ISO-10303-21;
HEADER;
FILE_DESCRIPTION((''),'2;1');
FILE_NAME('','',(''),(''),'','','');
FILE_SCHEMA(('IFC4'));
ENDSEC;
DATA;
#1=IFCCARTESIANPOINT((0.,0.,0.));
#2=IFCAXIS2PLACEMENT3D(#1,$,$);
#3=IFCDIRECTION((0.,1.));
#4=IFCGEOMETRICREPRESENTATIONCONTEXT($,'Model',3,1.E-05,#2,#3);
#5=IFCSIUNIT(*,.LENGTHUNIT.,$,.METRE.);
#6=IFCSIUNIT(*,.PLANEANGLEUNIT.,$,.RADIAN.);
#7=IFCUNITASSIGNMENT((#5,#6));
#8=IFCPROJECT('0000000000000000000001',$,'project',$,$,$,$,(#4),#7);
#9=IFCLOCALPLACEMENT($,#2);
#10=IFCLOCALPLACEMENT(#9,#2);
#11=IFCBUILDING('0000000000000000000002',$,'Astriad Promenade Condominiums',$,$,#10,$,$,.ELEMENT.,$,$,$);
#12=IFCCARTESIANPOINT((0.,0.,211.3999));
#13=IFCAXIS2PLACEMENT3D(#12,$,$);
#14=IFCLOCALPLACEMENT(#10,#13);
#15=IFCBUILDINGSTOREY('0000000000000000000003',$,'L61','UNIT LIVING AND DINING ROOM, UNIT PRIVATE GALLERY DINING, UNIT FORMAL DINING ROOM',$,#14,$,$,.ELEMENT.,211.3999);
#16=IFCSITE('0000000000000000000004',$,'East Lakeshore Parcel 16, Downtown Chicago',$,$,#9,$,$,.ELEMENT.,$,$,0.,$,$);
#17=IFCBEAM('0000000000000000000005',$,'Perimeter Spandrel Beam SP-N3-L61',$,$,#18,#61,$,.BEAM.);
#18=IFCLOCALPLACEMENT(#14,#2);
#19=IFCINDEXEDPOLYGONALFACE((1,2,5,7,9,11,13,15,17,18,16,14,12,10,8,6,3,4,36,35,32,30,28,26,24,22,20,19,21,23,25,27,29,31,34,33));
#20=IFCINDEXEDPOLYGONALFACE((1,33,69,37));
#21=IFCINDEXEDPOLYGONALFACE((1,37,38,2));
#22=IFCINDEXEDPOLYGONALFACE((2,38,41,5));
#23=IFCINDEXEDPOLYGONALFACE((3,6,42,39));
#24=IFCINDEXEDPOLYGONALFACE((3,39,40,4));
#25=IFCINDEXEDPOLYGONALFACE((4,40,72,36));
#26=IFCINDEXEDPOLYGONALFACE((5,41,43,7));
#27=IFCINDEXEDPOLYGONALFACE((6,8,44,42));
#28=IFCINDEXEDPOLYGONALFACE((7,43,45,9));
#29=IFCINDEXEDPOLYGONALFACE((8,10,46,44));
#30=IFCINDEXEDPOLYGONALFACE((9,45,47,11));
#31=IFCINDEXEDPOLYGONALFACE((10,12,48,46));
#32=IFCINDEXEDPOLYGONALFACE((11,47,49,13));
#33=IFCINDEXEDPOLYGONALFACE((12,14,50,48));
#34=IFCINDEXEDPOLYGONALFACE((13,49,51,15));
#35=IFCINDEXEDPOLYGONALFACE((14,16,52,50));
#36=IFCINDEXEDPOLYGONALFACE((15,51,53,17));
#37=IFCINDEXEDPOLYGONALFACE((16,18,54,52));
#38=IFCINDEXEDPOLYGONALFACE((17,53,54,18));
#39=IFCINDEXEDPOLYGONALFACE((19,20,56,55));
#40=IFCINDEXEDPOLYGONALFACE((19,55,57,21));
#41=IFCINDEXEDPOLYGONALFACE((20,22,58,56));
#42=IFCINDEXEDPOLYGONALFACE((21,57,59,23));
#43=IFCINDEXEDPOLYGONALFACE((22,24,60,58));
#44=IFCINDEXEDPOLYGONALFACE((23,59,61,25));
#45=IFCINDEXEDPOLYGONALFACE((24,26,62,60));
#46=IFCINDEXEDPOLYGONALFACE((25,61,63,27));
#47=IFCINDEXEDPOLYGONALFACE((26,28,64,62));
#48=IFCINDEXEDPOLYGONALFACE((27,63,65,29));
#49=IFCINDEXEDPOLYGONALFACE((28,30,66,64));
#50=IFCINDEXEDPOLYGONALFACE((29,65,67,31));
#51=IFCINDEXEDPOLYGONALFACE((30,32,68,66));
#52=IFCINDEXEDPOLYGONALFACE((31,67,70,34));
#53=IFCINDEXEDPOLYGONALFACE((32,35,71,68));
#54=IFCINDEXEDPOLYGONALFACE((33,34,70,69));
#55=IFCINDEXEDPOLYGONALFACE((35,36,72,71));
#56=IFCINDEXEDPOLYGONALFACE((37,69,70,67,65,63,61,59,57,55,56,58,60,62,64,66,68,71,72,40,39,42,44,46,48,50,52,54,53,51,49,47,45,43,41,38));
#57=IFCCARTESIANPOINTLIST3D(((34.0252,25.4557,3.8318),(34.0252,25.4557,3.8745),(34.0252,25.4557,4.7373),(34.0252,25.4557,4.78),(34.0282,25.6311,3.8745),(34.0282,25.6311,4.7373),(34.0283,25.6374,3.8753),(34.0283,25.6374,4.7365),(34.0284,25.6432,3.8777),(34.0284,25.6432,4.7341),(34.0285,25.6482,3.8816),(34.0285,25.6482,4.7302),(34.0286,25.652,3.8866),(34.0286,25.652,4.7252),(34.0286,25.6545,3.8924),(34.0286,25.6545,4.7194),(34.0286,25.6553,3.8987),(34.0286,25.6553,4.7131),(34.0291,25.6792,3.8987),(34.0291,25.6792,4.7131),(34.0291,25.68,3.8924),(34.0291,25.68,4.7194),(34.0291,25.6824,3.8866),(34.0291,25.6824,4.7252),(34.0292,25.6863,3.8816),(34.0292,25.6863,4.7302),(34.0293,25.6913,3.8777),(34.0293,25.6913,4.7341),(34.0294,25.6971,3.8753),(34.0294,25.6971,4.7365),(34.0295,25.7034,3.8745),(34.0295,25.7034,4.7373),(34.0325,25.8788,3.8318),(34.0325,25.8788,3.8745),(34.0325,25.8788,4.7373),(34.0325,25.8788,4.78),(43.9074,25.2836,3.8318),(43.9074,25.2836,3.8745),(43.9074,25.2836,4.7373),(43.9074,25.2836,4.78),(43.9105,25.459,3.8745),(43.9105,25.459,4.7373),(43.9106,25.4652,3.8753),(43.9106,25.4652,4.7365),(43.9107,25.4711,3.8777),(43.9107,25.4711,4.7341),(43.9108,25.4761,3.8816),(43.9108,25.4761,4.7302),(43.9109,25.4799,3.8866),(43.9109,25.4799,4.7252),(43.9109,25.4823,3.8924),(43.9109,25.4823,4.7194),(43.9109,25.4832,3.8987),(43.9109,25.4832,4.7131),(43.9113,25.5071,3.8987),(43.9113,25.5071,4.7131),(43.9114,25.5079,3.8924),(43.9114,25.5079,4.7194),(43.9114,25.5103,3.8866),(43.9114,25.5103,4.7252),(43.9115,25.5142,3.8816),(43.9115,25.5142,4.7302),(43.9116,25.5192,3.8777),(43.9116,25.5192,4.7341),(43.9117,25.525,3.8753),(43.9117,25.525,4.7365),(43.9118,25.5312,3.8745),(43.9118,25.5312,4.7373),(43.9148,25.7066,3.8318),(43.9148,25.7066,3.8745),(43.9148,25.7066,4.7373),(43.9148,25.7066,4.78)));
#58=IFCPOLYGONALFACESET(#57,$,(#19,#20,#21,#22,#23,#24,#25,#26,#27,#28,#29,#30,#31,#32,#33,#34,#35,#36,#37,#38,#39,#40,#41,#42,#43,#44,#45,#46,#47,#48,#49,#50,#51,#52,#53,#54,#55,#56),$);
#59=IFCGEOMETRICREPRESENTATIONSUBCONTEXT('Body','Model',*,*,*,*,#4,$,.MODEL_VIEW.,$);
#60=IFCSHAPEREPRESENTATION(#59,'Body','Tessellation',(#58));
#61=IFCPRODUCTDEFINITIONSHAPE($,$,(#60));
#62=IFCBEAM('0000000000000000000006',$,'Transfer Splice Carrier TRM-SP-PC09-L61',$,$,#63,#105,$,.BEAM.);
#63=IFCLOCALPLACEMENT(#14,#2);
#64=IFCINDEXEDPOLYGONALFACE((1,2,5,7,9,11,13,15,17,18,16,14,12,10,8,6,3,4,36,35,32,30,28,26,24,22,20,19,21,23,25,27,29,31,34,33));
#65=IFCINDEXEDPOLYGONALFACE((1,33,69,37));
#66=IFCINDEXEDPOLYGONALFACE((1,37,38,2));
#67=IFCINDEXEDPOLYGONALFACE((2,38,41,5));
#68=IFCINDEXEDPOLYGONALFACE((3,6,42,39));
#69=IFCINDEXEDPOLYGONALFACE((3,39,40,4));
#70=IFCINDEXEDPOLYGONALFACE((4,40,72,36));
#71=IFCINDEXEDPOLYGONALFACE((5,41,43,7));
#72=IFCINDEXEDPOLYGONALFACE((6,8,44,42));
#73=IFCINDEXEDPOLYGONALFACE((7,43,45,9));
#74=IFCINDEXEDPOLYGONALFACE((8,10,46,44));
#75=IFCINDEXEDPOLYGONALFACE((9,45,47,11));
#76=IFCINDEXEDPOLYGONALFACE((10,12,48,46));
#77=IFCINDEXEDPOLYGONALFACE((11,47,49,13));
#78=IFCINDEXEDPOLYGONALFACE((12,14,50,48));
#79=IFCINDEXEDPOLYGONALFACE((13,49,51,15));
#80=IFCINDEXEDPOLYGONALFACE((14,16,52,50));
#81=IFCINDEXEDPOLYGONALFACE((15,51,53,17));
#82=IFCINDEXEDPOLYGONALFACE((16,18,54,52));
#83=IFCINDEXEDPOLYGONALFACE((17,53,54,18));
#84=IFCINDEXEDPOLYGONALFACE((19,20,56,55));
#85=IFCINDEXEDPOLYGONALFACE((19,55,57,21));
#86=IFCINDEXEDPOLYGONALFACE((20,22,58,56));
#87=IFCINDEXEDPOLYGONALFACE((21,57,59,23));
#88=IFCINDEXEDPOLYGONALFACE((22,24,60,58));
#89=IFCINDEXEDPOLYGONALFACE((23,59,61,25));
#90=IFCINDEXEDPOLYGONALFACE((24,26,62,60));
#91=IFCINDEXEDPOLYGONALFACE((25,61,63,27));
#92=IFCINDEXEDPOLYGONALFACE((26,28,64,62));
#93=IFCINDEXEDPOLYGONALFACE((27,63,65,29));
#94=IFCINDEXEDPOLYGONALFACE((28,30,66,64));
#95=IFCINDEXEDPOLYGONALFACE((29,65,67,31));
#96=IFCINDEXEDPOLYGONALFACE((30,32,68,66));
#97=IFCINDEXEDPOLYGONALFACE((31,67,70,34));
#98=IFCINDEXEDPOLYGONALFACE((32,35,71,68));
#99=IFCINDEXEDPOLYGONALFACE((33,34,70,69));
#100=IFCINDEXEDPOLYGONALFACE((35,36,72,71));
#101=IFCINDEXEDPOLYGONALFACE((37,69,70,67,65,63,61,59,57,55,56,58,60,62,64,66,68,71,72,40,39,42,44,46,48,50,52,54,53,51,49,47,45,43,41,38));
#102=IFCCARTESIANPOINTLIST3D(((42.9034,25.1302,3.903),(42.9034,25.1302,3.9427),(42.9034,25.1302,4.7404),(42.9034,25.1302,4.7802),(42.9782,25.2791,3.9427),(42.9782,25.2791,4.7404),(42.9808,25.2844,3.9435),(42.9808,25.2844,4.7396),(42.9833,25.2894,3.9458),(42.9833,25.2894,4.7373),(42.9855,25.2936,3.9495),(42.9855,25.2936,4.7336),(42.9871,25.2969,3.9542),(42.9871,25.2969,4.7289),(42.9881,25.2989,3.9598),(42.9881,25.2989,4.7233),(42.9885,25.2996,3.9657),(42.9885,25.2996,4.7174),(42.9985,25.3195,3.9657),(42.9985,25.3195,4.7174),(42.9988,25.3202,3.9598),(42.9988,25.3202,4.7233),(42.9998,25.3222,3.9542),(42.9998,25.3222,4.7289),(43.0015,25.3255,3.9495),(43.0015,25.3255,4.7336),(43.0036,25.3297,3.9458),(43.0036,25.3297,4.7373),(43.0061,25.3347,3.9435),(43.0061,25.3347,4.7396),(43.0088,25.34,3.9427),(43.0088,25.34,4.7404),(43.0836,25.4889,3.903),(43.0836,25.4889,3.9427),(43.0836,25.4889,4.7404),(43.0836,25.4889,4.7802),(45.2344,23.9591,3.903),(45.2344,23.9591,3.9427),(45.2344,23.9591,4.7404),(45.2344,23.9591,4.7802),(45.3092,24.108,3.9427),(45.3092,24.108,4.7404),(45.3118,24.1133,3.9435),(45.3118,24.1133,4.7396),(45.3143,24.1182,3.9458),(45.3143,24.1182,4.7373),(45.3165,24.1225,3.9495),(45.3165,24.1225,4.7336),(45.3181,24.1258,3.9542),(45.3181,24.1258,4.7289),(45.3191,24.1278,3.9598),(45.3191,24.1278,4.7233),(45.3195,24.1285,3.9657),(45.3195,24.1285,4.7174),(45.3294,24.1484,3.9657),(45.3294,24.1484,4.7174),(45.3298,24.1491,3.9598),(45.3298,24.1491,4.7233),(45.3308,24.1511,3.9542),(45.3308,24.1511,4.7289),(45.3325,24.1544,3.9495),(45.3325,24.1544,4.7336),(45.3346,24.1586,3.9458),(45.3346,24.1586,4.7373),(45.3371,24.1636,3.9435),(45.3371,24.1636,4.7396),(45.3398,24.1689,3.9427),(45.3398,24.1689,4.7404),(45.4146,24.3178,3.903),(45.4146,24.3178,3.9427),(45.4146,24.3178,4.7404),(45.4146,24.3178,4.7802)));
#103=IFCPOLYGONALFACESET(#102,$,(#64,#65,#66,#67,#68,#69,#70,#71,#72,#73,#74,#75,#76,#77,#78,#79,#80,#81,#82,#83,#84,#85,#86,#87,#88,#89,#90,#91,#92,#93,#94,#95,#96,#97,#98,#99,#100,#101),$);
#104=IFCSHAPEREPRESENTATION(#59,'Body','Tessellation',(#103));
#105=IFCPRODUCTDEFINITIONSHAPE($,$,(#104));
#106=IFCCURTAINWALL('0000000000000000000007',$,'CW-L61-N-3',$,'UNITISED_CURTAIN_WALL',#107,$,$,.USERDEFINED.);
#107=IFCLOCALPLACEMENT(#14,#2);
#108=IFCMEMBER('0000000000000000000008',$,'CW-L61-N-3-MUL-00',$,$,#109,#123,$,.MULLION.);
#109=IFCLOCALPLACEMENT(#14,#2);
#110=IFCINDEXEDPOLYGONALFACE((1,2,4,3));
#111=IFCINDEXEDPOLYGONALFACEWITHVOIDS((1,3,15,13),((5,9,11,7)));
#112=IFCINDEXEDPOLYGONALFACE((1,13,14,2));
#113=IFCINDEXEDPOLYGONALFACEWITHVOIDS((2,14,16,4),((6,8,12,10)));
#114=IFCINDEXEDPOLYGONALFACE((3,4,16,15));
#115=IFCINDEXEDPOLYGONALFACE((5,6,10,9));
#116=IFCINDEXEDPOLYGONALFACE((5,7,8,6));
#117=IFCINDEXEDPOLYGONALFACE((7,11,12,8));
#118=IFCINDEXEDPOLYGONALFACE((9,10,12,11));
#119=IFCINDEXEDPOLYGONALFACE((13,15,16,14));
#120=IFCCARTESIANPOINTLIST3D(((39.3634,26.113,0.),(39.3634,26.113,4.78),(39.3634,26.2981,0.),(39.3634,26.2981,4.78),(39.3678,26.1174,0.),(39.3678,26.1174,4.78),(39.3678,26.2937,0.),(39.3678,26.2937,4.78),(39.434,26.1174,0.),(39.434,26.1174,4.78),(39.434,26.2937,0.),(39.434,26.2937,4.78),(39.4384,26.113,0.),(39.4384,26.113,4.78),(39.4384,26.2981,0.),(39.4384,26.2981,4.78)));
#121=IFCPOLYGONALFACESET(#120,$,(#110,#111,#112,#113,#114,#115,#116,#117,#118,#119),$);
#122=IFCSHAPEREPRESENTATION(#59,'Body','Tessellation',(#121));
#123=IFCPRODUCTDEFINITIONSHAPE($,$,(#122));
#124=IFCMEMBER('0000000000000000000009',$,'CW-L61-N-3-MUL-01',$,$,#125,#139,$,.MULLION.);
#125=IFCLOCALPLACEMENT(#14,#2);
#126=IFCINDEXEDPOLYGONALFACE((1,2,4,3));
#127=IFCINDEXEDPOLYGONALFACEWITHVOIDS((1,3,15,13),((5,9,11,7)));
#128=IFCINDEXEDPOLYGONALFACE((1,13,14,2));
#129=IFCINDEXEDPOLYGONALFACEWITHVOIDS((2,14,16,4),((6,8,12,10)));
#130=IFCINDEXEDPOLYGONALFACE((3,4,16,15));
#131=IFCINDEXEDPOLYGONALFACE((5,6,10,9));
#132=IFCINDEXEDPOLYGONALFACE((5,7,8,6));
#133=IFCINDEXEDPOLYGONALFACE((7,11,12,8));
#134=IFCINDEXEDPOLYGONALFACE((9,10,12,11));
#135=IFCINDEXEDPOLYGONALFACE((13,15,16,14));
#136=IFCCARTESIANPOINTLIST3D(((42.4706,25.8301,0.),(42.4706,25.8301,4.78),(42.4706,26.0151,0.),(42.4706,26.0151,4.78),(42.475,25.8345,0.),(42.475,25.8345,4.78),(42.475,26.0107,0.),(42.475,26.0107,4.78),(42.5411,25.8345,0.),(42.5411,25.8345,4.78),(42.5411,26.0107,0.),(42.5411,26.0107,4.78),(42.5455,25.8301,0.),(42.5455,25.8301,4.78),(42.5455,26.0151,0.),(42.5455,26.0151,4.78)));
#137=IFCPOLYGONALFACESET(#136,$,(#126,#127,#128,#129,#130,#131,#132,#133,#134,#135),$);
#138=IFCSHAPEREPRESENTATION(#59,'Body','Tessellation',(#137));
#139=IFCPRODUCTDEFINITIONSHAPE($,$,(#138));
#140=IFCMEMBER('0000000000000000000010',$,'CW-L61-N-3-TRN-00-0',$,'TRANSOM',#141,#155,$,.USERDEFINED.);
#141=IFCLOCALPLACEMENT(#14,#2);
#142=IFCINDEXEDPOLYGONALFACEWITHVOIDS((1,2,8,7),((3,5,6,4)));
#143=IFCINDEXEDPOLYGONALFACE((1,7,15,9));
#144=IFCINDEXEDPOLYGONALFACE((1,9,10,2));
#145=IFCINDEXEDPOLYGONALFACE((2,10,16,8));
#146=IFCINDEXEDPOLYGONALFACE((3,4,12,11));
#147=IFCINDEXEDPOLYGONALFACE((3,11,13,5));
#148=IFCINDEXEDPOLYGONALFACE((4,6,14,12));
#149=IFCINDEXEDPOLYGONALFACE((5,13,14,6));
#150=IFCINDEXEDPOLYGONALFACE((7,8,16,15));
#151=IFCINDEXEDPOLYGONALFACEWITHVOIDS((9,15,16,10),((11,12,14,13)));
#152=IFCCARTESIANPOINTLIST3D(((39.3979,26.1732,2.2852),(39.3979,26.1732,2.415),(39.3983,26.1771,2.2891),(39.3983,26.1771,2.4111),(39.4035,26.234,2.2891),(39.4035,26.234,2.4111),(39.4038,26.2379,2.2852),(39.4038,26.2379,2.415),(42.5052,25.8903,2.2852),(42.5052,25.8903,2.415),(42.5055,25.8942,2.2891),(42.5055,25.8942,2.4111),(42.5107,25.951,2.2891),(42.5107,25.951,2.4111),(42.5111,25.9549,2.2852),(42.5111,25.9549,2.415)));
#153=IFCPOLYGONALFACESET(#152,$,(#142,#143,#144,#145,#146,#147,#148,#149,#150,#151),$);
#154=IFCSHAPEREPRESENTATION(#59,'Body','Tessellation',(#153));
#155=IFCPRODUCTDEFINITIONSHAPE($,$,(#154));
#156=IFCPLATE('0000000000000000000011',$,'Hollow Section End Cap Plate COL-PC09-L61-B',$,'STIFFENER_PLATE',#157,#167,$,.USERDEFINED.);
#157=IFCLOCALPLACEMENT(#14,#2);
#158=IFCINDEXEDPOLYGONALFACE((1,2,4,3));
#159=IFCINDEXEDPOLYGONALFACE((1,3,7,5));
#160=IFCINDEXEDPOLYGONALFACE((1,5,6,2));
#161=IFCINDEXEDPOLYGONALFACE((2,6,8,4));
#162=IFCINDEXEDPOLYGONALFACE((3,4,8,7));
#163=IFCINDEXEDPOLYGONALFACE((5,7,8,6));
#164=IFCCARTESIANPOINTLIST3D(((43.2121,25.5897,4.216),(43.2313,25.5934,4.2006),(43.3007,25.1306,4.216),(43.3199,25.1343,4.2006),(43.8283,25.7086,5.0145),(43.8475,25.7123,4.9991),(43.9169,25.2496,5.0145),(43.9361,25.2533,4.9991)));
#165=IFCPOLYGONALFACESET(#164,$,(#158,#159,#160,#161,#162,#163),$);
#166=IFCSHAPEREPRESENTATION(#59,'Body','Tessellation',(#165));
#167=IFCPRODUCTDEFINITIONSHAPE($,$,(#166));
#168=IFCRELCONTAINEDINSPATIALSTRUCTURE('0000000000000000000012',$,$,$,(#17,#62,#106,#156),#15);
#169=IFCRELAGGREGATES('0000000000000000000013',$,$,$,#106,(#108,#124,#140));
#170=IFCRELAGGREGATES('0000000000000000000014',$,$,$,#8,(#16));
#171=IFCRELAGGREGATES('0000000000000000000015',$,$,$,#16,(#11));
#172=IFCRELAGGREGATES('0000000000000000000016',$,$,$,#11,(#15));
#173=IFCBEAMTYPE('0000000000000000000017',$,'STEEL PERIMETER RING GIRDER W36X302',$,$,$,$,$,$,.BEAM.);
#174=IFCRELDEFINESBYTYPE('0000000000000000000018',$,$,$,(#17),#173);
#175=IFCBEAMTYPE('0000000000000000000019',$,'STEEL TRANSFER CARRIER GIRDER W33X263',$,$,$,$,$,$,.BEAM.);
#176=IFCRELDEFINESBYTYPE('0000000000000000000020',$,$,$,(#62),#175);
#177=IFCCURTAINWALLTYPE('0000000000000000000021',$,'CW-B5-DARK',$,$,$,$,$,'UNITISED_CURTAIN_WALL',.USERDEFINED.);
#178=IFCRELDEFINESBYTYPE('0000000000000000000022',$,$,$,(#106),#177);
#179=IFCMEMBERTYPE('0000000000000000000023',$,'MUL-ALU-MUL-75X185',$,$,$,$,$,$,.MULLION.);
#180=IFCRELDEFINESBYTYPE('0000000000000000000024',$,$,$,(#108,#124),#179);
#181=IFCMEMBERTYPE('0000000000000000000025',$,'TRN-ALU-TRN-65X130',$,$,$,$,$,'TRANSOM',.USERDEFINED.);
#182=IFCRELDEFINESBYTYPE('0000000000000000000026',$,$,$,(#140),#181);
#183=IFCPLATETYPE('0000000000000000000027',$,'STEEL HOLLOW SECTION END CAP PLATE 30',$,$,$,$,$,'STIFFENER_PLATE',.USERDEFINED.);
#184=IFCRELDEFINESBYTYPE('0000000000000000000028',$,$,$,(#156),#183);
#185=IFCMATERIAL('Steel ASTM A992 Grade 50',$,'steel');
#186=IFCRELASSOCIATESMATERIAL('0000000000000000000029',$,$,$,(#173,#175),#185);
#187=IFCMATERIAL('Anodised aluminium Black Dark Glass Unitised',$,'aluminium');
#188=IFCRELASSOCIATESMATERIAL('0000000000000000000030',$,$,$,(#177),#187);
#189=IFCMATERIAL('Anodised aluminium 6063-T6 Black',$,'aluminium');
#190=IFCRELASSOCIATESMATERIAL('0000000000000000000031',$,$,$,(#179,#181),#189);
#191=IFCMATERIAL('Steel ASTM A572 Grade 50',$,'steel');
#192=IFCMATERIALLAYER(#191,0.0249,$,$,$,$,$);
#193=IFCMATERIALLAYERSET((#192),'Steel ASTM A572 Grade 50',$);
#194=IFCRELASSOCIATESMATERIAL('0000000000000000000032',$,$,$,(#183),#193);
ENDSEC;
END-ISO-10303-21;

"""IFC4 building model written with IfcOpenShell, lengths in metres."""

from ifc_helpers import new_model, si_unit, direction, frame, origin, origin_2d, place, context, subcontext, project, spatial, rectangle, hollow_rectangle, i_section, extrude, source, transform, mapped, material, layer, layer_set, material_profile, profile_set, type_object, type_shapes, element, aggregate, save


model = new_model("IFC4")

# Units and contexts
model_context = context("Model", 3, precision=1e-05, world=origin(), true_north=direction((0.0, 1.0)))
body_context = subcontext(model_context, "Body", "Model", "MODEL_VIEW")
ifc_project = project(units=[si_unit("LENGTHUNIT", "METRE"), si_unit("PLANEANGLEUNIT", "RADIAN")], contexts=[model_context])

# Site, building, storey
site_placement = place(None, origin())
site = spatial("IfcSite", under=ifc_project, at=site_placement, Name="East Lakeshore Parcel 16, Downtown Chicago", CompositionType="ELEMENT", RefElevation=0.0)
building_placement = place(site_placement, origin())
building = spatial("IfcBuilding", under=site, at=building_placement, Name="Astriad Promenade Condominiums", CompositionType="ELEMENT")
storey_placement = place(building_placement, frame((0.0, 0.0, 211.3999)))
storey = spatial("IfcBuildingStorey", under=building, at=storey_placement, Name="L61", Description="UNIT LIVING AND DINING ROOM, UNIT PRIVATE GALLERY DINING, UNIT FORMAL DINING ROOM", CompositionType="ELEMENT", Elevation=211.3999)

# Shared definitions
ifc_material_1 = material(Name="Steel ASTM A992 Grade 50", Category="steel")

# Beams
ifc_material_profile_1 = material_profile(ifc_material_1, i_section(OverallWidth=0.4231, OverallDepth=0.9482, WebThickness=0.0239, FlangeThickness=0.0427, FilletRadius=0.0242, at=origin_2d()), Name="W36X302")
ifc_profile_set_1 = profile_set([ifc_material_profile_1], Name="Steel ASTM A992 Grade 50")
beam_type_1 = type_object("IfcBeamType", Name="STEEL PERIMETER RING GIRDER W36X302", PredefinedType="BEAM", material=ifc_profile_set_1)
shared_shape_1 = source(origin(), body_context, "Body", "SweptSolid", [
    extrude(i_section(OverallWidth=0.4231, OverallDepth=0.9482, WebThickness=0.0239, FlangeThickness=0.0427, FilletRadius=0.0242, at=origin_2d()), origin(), (0.0, 0.0, 1.0), 9.8838),
])
type_shapes(beam_type_1, [shared_shape_1])
beam_1_placement = place(storey_placement, frame((43.9111, 25.4951, 4.3059), z_axis=(-0.999848, 0.017414, 0.0), x_axis=(-0.017414, -0.999848, 0.0)))
element("IfcBeam", 1, at=beam_1_placement, inside=storey, type_object=beam_type_1, Name="Perimeter Spandrel Beam SP-N3-L61", PredefinedType="BEAM", context=body_context, shape_type="MappedRepresentation", body=[
    mapped(shared_shape_1, transform((0.0, 0.0, 0.0), scale=1.0)),
])
ifc_material_profile_2 = material_profile(ifc_material_1, i_section(OverallWidth=0.4014, OverallDepth=0.8772, WebThickness=0.0222, FlangeThickness=0.0398, FilletRadius=0.0229, at=origin_2d()), Name="W33X263")
ifc_profile_set_2 = profile_set([ifc_material_profile_2], Name="Steel ASTM A992 Grade 50")
beam_type_2 = type_object("IfcBeamType", Name="STEEL TRANSFER CARRIER GIRDER W33X263", PredefinedType="BEAM", material=ifc_profile_set_2)
shared_shape_2 = source(origin(), body_context, "Body", "SweptSolid", [
    extrude(i_section(OverallWidth=0.4014, OverallDepth=0.8772, WebThickness=0.0222, FlangeThickness=0.0398, FilletRadius=0.0229, at=origin_2d()), origin(), (0.0, 0.0, 1.0), 2.6086),
])
type_shapes(beam_type_2, [shared_shape_2])
beam_2_placement = place(storey_placement, frame((45.3245, 24.1384, 4.3416), z_axis=(-0.893565, 0.448935, 0.0), x_axis=(-0.448935, -0.893565, 0.0)))
element("IfcBeam", 2, at=beam_2_placement, inside=storey, type_object=beam_type_2, Name="Transfer Splice Carrier TRM-SP-PC09-L61", PredefinedType="BEAM", context=body_context, shape_type="MappedRepresentation", body=[
    mapped(shared_shape_2, transform((0.0, 0.0, 0.0), scale=1.0)),
])

# Curtain wall, members
ifc_material_2 = material(Name="Anodised aluminium Black Dark Glass Unitised", Category="aluminium")
curtain_wall_type = type_object("IfcCurtainWallType", Name="CW-B5-DARK", ElementType="UNITISED_CURTAIN_WALL", PredefinedType="USERDEFINED", material=ifc_material_2)
curtain_wall_placement = place(storey_placement, origin())
curtain_wall = element("IfcCurtainWall", 3, at=curtain_wall_placement, inside=storey, type_object=curtain_wall_type, Name="CW-L61-N-3", ObjectType="UNITISED_CURTAIN_WALL", PredefinedType="USERDEFINED")
ifc_material_3 = material(Name="Anodised aluminium 6063-T6 Black", Category="aluminium")
ifc_material_profile_3 = material_profile(ifc_material_3, hollow_rectangle(XDim=0.075, YDim=0.1851, WallThickness=0.0044, at=origin_2d()), Name="ALU-MUL-75X185")
ifc_profile_set_3 = profile_set([ifc_material_profile_3], Name="Anodised aluminium 6063-T6 Black")
member_type_1 = type_object("IfcMemberType", Name="MUL-ALU-MUL-75X185", PredefinedType="MULLION", material=ifc_profile_set_3)
shared_shape_3 = source(origin(), body_context, "Body", "SweptSolid", [
    extrude(hollow_rectangle(XDim=0.075, YDim=0.1851, WallThickness=0.0044, at=origin_2d()), origin(), (0.0, 0.0, 1.0), 4.78),
])
type_shapes(member_type_1, [shared_shape_3])
member_1_placement = place(storey_placement, frame((39.4009, 26.2056, 0.0), z_axis=(0.0, 0.0, 1.0), x_axis=(1.0, 0.0, 0.0)))
member_1 = element("IfcMember", 4, at=member_1_placement, type_object=member_type_1, Name="CW-L61-N-3-MUL-00", PredefinedType="MULLION", context=body_context, shape_type="MappedRepresentation", body=[
    mapped(shared_shape_3, transform((0.0, 0.0, 0.0), scale=1.0)),
])
member_2_placement = place(storey_placement, frame((42.5081, 25.9226, 0.0), z_axis=(0.0, 0.0, 1.0), x_axis=(1.0, 0.0, 0.0)))
member_2 = element("IfcMember", 5, at=member_2_placement, type_object=member_type_1, Name="CW-L61-N-3-MUL-01", PredefinedType="MULLION", context=body_context, shape_type="MappedRepresentation", body=[
    mapped(shared_shape_3, transform((0.0, 0.0, 0.0), scale=1.0)),
])
ifc_material_profile_4 = material_profile(ifc_material_3, hollow_rectangle(XDim=0.0649, YDim=0.1299, WallThickness=0.0039, at=origin_2d()), Name="ALU-TRN-65X130")
ifc_profile_set_4 = profile_set([ifc_material_profile_4], Name="Anodised aluminium 6063-T6 Black")
member_type_2 = type_object("IfcMemberType", Name="TRN-ALU-TRN-65X130", ElementType="TRANSOM", PredefinedType="USERDEFINED", material=ifc_profile_set_4)
shared_shape_4 = source(origin(), body_context, "Body", "SweptSolid", [
    extrude(hollow_rectangle(XDim=0.0649, YDim=0.1299, WallThickness=0.0039, at=origin_2d()), origin(), (0.0, 0.0, 1.0), 3.1201),
])
type_shapes(member_type_2, [shared_shape_4])
member_3_placement = place(storey_placement, frame((39.4009, 26.2056, 2.3501), z_axis=(0.995879, -0.090691, 0.0), x_axis=(0.090691, 0.995879, 0.0)))
member_3 = element("IfcMember", 6, at=member_3_placement, type_object=member_type_2, Name="CW-L61-N-3-TRN-00-0", ObjectType="TRANSOM", PredefinedType="USERDEFINED", context=body_context, shape_type="MappedRepresentation", body=[
    mapped(shared_shape_4, transform((0.0, 0.0, 0.0), scale=1.0)),
])

# Plate
ifc_material_4 = material(Name="Steel ASTM A572 Grade 50", Category="steel")
ifc_layer_1 = layer(ifc_material_4, 0.0249)
ifc_layer_set_1 = layer_set([ifc_layer_1], Name="Steel ASTM A572 Grade 50")
plate_type_1 = type_object("IfcPlateType", Name="STEEL HOLLOW SECTION END CAP PLATE 30", ElementType="STIFFENER_PLATE", PredefinedType="USERDEFINED", material=ifc_layer_set_1)
shared_shape_5 = source(origin(), body_context, "Body", "SweptSolid", [
    extrude(rectangle(XDim=0.4675, YDim=1.0156, at=origin_2d()), origin(), (0.0, 0.0, 1.0), 0.0249),
])
type_shapes(plate_type_1, [shared_shape_5])
plate_1_placement = place(storey_placement, frame((43.5837, 25.4233, 4.5999), z_axis=(-0.772002, -0.149004, 0.617909), x_axis=(0.189512, -0.981878, 0.0)))
element("IfcPlate", 7, at=plate_1_placement, inside=storey, type_object=plate_type_1, Name="Hollow Section End Cap Plate COL-PC09-L61-B", ObjectType="STIFFENER_PLATE", PredefinedType="USERDEFINED", context=body_context, shape_type="MappedRepresentation", body=[
    mapped(shared_shape_5, transform((0.0, 0.0, 0.0), scale=1.0)),
])
aggregate(curtain_wall, [member_1, member_2, member_3])

save(model, "model.ifc")
